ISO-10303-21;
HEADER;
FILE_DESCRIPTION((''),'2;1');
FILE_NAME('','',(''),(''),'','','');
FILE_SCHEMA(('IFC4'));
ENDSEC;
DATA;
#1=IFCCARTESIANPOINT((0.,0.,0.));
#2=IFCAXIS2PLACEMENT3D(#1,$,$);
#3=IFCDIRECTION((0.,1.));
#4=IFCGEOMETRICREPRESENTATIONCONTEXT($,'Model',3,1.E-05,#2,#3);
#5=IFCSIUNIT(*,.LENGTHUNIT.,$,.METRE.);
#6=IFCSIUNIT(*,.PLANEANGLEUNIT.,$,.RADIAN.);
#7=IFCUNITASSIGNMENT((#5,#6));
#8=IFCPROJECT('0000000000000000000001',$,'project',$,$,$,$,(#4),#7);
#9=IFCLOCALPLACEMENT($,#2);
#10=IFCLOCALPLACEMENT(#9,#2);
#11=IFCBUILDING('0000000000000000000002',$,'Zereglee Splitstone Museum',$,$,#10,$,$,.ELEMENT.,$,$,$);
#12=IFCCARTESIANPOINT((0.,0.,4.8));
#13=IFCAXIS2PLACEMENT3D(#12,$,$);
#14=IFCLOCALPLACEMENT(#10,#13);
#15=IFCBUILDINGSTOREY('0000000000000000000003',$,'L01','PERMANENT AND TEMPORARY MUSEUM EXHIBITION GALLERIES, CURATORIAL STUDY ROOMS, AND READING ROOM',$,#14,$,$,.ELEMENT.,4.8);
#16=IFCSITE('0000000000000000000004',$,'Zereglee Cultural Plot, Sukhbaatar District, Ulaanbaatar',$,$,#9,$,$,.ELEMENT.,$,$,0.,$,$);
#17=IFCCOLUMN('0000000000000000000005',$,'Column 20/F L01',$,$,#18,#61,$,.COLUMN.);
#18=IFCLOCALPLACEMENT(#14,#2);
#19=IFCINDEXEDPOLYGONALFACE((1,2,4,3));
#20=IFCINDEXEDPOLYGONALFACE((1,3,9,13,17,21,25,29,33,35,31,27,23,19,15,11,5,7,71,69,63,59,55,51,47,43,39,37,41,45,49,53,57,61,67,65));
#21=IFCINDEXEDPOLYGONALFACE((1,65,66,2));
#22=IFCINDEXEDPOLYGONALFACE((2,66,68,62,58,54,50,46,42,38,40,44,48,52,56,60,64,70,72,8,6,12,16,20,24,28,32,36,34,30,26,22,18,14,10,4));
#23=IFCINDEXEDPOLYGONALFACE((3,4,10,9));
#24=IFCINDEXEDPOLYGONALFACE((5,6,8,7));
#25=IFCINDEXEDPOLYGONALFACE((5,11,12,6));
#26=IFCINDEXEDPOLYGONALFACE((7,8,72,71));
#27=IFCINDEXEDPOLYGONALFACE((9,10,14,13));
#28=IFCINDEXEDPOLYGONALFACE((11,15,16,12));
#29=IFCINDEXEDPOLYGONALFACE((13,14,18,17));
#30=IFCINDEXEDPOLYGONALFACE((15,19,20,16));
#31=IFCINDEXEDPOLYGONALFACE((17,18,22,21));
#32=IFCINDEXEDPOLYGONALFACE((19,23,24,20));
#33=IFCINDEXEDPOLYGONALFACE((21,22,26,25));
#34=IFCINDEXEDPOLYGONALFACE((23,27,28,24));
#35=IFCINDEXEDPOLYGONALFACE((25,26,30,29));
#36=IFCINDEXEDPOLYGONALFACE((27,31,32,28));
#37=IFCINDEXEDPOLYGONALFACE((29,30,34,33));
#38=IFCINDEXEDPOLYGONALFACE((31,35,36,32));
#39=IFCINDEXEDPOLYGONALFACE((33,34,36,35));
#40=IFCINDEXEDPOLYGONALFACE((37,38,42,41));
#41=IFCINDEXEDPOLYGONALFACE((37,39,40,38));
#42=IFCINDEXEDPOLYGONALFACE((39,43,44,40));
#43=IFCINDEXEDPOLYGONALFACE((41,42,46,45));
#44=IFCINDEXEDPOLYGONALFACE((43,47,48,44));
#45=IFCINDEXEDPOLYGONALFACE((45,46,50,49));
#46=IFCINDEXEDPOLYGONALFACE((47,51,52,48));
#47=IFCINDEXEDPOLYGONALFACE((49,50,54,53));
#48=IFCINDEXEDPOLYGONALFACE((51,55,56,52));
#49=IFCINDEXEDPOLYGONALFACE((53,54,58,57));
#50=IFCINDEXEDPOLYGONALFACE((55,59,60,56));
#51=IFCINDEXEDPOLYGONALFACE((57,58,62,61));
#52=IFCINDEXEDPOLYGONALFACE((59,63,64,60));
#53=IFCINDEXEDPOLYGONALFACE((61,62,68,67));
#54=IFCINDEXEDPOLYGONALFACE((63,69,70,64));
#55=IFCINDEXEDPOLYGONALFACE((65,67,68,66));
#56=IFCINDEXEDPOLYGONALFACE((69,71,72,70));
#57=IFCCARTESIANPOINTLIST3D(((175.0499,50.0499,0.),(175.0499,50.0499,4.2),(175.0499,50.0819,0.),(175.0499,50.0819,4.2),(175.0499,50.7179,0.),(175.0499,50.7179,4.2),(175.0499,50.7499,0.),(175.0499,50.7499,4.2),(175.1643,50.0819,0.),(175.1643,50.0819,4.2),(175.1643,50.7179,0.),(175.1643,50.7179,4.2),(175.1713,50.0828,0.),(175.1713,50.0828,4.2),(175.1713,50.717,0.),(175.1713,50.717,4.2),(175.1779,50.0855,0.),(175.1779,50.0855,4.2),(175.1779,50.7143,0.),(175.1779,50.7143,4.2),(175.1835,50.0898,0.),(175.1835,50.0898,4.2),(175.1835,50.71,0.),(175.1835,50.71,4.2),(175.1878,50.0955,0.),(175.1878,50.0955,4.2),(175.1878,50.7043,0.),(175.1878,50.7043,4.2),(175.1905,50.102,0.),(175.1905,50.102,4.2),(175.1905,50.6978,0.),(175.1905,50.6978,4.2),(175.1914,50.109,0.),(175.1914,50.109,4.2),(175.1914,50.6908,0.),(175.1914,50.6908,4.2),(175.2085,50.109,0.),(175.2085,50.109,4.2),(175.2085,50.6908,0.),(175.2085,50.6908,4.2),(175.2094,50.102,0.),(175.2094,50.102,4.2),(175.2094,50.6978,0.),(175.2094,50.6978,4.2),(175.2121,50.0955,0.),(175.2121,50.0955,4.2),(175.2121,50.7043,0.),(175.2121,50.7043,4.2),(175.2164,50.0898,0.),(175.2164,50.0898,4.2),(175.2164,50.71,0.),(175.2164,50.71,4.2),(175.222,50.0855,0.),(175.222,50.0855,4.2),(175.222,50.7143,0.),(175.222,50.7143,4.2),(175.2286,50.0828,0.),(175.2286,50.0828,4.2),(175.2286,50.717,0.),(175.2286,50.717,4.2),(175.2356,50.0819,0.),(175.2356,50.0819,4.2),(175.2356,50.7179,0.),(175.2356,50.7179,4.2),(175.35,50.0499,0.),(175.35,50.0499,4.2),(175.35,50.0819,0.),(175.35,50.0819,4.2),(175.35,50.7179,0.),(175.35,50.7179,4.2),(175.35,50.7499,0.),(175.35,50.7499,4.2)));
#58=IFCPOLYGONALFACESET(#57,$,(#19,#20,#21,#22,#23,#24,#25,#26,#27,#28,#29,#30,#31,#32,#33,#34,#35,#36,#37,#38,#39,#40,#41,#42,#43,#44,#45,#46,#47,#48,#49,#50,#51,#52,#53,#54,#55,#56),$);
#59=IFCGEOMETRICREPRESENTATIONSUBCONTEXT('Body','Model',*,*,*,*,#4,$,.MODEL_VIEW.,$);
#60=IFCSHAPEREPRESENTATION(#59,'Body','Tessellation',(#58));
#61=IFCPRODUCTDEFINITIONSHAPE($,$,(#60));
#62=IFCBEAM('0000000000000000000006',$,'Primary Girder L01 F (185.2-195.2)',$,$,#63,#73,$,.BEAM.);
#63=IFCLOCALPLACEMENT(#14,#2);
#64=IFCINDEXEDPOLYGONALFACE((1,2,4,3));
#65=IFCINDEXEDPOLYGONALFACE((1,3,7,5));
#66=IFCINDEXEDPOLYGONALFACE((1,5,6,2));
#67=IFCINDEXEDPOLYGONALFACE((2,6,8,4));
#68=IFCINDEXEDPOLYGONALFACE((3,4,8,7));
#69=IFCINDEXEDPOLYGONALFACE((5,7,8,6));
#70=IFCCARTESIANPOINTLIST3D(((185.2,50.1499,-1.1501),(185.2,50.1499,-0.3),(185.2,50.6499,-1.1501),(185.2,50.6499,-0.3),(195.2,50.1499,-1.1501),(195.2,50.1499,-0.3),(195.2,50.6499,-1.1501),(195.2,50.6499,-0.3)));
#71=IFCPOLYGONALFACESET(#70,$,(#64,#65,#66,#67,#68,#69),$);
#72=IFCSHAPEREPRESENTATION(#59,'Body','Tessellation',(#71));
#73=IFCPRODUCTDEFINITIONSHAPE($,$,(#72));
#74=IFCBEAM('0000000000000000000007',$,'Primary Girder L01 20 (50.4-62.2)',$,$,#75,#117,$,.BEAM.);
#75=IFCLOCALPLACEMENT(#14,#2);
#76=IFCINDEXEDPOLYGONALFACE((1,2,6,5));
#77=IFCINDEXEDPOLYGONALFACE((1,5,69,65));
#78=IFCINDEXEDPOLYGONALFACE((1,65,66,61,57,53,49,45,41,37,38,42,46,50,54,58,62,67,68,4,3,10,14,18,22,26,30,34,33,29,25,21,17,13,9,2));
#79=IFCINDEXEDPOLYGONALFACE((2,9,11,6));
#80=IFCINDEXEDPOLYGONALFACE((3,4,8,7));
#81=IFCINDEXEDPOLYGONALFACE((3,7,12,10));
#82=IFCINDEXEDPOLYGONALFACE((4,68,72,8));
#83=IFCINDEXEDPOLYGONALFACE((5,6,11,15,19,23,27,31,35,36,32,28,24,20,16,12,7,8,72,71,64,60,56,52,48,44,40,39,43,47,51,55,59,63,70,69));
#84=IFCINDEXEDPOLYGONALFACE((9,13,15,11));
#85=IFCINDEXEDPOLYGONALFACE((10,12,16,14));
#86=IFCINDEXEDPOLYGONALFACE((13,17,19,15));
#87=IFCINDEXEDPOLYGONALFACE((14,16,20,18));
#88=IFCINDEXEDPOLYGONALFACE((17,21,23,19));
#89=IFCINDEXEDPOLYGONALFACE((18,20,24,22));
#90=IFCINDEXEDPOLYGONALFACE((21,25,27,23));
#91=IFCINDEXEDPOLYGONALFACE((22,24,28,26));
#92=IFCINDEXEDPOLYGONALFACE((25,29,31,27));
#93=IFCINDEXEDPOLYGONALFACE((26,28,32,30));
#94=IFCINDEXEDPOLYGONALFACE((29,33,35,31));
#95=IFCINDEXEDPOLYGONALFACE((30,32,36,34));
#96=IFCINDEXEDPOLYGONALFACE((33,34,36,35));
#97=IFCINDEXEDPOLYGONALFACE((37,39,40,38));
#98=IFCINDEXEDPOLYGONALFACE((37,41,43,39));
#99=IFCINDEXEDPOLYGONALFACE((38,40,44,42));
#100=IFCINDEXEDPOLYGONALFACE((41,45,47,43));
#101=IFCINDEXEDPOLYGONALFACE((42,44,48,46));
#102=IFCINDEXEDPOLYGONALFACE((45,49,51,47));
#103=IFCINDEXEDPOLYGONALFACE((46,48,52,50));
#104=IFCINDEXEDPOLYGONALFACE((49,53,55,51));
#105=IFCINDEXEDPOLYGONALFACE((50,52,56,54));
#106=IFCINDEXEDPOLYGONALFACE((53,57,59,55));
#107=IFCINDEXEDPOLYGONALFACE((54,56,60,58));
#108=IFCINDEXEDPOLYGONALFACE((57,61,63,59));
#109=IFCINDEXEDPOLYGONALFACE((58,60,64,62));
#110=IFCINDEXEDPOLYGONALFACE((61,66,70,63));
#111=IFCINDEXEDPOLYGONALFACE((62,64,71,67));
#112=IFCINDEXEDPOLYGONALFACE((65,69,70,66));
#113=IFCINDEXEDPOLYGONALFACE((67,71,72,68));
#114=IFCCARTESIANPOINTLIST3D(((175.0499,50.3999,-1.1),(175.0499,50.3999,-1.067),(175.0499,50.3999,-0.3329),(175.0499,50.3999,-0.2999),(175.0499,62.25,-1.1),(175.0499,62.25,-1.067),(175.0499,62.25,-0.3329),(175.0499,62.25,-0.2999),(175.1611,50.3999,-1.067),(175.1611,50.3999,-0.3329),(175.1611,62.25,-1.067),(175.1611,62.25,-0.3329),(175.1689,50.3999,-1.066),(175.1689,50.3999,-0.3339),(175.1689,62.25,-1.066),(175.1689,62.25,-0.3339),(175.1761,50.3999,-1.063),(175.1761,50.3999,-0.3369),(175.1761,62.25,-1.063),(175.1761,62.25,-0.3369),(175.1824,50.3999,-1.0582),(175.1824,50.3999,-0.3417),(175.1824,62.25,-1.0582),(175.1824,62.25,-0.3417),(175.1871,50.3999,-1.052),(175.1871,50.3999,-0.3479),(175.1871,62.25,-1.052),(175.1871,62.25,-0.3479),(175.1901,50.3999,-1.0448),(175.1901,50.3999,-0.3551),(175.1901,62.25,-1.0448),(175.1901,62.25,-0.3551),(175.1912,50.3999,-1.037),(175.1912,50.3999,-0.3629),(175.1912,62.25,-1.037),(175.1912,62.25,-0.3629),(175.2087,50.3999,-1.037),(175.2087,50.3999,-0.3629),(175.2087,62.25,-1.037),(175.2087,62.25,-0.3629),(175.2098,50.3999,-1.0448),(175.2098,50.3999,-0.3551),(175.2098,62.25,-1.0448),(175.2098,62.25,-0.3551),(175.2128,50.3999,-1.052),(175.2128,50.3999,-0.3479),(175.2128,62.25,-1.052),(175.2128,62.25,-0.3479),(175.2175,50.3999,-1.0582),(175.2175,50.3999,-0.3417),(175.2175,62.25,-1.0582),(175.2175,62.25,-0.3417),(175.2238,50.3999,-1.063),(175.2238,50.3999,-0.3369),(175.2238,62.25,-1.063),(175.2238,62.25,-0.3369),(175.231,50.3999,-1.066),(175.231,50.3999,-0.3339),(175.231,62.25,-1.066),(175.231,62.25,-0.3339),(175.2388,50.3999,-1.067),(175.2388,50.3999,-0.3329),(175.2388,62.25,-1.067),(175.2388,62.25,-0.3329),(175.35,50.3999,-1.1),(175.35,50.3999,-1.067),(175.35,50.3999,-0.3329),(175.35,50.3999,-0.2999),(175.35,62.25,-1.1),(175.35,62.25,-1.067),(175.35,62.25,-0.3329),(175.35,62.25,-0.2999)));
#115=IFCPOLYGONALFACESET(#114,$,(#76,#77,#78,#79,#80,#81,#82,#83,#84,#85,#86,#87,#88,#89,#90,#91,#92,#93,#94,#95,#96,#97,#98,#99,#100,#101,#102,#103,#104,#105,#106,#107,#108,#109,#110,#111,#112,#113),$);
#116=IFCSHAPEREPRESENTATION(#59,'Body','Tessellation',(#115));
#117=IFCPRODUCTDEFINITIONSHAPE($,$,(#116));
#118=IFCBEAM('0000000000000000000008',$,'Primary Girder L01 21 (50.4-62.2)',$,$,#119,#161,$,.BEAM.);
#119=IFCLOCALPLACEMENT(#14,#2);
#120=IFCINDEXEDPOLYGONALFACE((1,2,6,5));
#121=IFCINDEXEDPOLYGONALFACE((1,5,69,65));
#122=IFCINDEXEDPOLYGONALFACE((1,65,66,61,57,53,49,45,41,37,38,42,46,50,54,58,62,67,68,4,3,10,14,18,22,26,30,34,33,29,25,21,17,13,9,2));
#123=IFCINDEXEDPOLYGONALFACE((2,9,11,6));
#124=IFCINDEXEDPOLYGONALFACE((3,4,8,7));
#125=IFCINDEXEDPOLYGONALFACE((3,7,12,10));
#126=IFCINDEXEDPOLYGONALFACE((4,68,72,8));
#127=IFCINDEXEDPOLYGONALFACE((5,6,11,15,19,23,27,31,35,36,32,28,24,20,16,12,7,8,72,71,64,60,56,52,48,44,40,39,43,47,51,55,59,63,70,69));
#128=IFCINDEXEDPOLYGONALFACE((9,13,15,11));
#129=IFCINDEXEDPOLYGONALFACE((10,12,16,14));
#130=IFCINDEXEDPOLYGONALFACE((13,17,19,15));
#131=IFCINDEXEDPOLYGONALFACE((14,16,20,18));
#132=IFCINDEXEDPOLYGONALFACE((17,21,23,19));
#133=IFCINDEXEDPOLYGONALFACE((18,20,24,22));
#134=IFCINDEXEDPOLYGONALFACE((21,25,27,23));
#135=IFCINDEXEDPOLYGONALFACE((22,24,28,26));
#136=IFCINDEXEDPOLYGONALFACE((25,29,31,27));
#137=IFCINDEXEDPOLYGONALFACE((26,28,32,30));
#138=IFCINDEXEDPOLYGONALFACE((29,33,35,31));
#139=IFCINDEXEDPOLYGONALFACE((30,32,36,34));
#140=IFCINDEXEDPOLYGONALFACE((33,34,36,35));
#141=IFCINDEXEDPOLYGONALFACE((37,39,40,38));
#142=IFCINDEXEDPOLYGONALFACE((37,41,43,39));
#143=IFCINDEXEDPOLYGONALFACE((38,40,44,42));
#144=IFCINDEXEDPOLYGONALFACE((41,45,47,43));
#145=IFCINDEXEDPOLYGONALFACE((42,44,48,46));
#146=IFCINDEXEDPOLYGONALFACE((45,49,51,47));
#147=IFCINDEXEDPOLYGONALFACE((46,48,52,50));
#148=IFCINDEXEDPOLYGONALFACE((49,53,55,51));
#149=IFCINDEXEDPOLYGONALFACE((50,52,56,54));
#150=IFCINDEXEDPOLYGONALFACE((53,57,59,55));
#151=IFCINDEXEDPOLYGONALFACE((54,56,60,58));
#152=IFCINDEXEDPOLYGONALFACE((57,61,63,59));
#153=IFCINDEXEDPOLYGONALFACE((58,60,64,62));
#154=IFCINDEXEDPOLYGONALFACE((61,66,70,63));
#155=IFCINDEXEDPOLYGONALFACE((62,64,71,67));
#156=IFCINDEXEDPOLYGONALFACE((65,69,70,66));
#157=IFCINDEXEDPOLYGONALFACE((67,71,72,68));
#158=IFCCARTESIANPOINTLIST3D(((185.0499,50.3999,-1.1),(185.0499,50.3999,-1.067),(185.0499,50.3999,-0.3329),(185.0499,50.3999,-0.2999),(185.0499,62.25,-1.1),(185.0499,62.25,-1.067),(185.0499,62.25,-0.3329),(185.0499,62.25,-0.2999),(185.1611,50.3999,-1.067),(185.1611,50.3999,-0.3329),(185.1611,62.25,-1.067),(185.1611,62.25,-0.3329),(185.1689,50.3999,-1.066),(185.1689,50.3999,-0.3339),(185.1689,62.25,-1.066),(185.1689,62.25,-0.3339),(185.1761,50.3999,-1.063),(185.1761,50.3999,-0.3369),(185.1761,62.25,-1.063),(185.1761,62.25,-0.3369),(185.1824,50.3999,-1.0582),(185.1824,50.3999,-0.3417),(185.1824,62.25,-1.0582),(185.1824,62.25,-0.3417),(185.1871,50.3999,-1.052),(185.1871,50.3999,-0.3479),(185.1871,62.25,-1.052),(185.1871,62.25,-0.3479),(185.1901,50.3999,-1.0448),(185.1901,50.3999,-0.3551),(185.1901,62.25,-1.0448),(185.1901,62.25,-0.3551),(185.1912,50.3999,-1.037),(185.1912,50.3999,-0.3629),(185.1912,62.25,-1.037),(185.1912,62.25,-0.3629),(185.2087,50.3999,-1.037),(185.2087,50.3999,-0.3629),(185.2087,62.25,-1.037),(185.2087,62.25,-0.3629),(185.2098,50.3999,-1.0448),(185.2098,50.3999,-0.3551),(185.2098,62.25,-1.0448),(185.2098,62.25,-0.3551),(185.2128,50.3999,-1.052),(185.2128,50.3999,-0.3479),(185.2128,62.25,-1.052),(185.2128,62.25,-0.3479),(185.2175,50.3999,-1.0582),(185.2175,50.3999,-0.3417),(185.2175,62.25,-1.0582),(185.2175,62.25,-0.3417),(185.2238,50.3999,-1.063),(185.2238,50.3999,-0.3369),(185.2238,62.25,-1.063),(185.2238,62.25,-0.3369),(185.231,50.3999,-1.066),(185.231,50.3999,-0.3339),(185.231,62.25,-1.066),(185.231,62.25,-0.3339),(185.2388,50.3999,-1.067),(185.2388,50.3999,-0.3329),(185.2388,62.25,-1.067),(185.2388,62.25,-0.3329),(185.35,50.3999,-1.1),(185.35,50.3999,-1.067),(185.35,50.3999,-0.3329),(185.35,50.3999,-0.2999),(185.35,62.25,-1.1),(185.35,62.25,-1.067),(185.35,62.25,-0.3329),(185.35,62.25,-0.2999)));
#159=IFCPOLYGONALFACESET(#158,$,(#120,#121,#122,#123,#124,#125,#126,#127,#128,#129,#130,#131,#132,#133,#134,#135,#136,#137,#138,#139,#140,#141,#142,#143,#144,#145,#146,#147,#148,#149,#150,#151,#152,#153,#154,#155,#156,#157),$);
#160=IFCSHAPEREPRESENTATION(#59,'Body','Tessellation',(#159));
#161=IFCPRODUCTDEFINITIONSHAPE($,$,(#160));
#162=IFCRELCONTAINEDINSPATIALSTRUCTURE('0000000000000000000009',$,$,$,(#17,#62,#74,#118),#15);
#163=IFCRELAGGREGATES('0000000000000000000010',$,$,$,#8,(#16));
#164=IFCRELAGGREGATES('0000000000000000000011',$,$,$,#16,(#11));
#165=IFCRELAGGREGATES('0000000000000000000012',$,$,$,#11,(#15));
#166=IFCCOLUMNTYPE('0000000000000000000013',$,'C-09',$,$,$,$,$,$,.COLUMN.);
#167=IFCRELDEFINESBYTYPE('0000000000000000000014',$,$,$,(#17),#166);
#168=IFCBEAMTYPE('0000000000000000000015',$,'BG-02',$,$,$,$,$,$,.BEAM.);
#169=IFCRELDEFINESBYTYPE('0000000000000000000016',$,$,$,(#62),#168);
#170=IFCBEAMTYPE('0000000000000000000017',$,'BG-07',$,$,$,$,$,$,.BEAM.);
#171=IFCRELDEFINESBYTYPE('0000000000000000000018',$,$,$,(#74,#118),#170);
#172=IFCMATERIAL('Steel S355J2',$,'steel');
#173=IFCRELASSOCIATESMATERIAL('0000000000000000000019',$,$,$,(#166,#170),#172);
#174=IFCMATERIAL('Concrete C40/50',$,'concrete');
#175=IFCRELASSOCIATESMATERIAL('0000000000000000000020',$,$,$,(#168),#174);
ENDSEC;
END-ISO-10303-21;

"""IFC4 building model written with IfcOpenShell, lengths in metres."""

from ifc_helpers import new_model, si_unit, direction, frame, origin, origin_2d, place, context, subcontext, project, spatial, rectangle, i_section, extrude, material, material_profile, profile_set, type_object, element, save


model = new_model("IFC4")

# Units and contexts
model_context = context("Model", 3, precision=1e-05, world=origin(), true_north=direction((0.0, 1.0)))
body_context = subcontext(model_context, "Body", "Model", "MODEL_VIEW")
ifc_project = project(units=[si_unit("LENGTHUNIT", "METRE"), si_unit("PLANEANGLEUNIT", "RADIAN")], contexts=[model_context])

# Site, building, storey
site_placement = place(None, origin())
site = spatial("IfcSite", under=ifc_project, at=site_placement, Name="Zereglee Cultural Plot, Sukhbaatar District, Ulaanbaatar", CompositionType="ELEMENT", RefElevation=0.0)
building_placement = place(site_placement, origin())
building = spatial("IfcBuilding", under=site, at=building_placement, Name="Zereglee Splitstone Museum", CompositionType="ELEMENT")
storey_placement = place(building_placement, frame((0.0, 0.0, 4.8)))
storey = spatial("IfcBuildingStorey", under=building, at=storey_placement, Name="L01", Description="PERMANENT AND TEMPORARY MUSEUM EXHIBITION GALLERIES, CURATORIAL STUDY ROOMS, AND READING ROOM", CompositionType="ELEMENT", Elevation=4.8)

# Column
ifc_material_1 = material(Name="Steel S355J2", Category="steel")
ifc_material_profile_1 = material_profile(ifc_material_1, i_section(OverallWidth=0.3, OverallDepth=0.7, WebThickness=0.0171, FlangeThickness=0.032, FilletRadius=0.0271, at=origin_2d()), Name="HE 700 B")
ifc_profile_set_1 = profile_set([ifc_material_profile_1], Name="Steel S355J2")
column_type_1 = type_object("IfcColumnType", Name="C-09", PredefinedType="COLUMN", material=ifc_profile_set_1)
column_1_placement = place(storey_placement, frame((175.2, 50.3999, 0.0), z_axis=(0.0, 0.0, 1.0), x_axis=(1.0, 0.0, 0.0)))
element("IfcColumn", 1, at=column_1_placement, inside=storey, type_object=column_type_1, Name="Column 20/F L01", PredefinedType="COLUMN", context=body_context, shape_type="SweptSolid", body=[
    extrude(i_section(OverallWidth=0.3, OverallDepth=0.7, WebThickness=0.0171, FlangeThickness=0.032, FilletRadius=0.0271, at=origin_2d()), origin(), (0.0, 0.0, 1.0), 4.2),
])

# Beams
ifc_material_2 = material(Name="Concrete C40/50", Category="concrete")
ifc_material_profile_2 = material_profile(ifc_material_2, rectangle(XDim=0.5, YDim=0.8501, at=origin_2d()), Name="RC 500x850")
ifc_profile_set_2 = profile_set([ifc_material_profile_2], Name="Concrete C40/50")
beam_type_1 = type_object("IfcBeamType", Name="BG-02", PredefinedType="BEAM", material=ifc_profile_set_2)
beam_1_placement = place(storey_placement, frame((185.2, 50.3999, -0.7251), z_axis=(1.0, 0.0, 0.0), x_axis=(0.0, 1.0, 0.0)))
element("IfcBeam", 2, at=beam_1_placement, inside=storey, type_object=beam_type_1, Name="Primary Girder L01 F (185.2-195.2)", PredefinedType="BEAM", context=body_context, shape_type="SweptSolid", body=[
    extrude(rectangle(XDim=0.5, YDim=0.8501, at=origin_2d()), origin(), (0.0, 0.0, 1.0), 10.0),
])
ifc_material_profile_3 = material_profile(ifc_material_1, i_section(OverallWidth=0.3, OverallDepth=0.8, WebThickness=0.0176, FlangeThickness=0.033, FilletRadius=0.03, at=origin_2d()), Name="HE 800 B")
ifc_profile_set_3 = profile_set([ifc_material_profile_3], Name="Steel S355J2")
beam_type_2 = type_object("IfcBeamType", Name="BG-07", PredefinedType="BEAM", material=ifc_profile_set_3)
for number, where, z_axis, x_axis, name in (
    (3, (175.2, 50.3999, -0.7), (0.0, 1.0, 0.0), (-1.0, 0.0, 0.0), "Primary Girder L01 20 (50.4-62.2)"),
    (4, (185.2, 50.3999, -0.7), (0.0, 1.0, 0.0), (-1.0, 0.0, 0.0), "Primary Girder L01 21 (50.4-62.2)"),
):
    element("IfcBeam", number, at=place(storey_placement, frame(where, z_axis=z_axis, x_axis=x_axis)), inside=storey, type_object=beam_type_2, Name=name, PredefinedType="BEAM", context=body_context, shape_type="SweptSolid", body=[
        extrude(i_section(OverallWidth=0.3, OverallDepth=0.8, WebThickness=0.0176, FlangeThickness=0.033, FilletRadius=0.03, at=origin_2d()), origin(), (0.0, 0.0, 1.0), 11.8501),
    ])

save(model, "model.ifc")
